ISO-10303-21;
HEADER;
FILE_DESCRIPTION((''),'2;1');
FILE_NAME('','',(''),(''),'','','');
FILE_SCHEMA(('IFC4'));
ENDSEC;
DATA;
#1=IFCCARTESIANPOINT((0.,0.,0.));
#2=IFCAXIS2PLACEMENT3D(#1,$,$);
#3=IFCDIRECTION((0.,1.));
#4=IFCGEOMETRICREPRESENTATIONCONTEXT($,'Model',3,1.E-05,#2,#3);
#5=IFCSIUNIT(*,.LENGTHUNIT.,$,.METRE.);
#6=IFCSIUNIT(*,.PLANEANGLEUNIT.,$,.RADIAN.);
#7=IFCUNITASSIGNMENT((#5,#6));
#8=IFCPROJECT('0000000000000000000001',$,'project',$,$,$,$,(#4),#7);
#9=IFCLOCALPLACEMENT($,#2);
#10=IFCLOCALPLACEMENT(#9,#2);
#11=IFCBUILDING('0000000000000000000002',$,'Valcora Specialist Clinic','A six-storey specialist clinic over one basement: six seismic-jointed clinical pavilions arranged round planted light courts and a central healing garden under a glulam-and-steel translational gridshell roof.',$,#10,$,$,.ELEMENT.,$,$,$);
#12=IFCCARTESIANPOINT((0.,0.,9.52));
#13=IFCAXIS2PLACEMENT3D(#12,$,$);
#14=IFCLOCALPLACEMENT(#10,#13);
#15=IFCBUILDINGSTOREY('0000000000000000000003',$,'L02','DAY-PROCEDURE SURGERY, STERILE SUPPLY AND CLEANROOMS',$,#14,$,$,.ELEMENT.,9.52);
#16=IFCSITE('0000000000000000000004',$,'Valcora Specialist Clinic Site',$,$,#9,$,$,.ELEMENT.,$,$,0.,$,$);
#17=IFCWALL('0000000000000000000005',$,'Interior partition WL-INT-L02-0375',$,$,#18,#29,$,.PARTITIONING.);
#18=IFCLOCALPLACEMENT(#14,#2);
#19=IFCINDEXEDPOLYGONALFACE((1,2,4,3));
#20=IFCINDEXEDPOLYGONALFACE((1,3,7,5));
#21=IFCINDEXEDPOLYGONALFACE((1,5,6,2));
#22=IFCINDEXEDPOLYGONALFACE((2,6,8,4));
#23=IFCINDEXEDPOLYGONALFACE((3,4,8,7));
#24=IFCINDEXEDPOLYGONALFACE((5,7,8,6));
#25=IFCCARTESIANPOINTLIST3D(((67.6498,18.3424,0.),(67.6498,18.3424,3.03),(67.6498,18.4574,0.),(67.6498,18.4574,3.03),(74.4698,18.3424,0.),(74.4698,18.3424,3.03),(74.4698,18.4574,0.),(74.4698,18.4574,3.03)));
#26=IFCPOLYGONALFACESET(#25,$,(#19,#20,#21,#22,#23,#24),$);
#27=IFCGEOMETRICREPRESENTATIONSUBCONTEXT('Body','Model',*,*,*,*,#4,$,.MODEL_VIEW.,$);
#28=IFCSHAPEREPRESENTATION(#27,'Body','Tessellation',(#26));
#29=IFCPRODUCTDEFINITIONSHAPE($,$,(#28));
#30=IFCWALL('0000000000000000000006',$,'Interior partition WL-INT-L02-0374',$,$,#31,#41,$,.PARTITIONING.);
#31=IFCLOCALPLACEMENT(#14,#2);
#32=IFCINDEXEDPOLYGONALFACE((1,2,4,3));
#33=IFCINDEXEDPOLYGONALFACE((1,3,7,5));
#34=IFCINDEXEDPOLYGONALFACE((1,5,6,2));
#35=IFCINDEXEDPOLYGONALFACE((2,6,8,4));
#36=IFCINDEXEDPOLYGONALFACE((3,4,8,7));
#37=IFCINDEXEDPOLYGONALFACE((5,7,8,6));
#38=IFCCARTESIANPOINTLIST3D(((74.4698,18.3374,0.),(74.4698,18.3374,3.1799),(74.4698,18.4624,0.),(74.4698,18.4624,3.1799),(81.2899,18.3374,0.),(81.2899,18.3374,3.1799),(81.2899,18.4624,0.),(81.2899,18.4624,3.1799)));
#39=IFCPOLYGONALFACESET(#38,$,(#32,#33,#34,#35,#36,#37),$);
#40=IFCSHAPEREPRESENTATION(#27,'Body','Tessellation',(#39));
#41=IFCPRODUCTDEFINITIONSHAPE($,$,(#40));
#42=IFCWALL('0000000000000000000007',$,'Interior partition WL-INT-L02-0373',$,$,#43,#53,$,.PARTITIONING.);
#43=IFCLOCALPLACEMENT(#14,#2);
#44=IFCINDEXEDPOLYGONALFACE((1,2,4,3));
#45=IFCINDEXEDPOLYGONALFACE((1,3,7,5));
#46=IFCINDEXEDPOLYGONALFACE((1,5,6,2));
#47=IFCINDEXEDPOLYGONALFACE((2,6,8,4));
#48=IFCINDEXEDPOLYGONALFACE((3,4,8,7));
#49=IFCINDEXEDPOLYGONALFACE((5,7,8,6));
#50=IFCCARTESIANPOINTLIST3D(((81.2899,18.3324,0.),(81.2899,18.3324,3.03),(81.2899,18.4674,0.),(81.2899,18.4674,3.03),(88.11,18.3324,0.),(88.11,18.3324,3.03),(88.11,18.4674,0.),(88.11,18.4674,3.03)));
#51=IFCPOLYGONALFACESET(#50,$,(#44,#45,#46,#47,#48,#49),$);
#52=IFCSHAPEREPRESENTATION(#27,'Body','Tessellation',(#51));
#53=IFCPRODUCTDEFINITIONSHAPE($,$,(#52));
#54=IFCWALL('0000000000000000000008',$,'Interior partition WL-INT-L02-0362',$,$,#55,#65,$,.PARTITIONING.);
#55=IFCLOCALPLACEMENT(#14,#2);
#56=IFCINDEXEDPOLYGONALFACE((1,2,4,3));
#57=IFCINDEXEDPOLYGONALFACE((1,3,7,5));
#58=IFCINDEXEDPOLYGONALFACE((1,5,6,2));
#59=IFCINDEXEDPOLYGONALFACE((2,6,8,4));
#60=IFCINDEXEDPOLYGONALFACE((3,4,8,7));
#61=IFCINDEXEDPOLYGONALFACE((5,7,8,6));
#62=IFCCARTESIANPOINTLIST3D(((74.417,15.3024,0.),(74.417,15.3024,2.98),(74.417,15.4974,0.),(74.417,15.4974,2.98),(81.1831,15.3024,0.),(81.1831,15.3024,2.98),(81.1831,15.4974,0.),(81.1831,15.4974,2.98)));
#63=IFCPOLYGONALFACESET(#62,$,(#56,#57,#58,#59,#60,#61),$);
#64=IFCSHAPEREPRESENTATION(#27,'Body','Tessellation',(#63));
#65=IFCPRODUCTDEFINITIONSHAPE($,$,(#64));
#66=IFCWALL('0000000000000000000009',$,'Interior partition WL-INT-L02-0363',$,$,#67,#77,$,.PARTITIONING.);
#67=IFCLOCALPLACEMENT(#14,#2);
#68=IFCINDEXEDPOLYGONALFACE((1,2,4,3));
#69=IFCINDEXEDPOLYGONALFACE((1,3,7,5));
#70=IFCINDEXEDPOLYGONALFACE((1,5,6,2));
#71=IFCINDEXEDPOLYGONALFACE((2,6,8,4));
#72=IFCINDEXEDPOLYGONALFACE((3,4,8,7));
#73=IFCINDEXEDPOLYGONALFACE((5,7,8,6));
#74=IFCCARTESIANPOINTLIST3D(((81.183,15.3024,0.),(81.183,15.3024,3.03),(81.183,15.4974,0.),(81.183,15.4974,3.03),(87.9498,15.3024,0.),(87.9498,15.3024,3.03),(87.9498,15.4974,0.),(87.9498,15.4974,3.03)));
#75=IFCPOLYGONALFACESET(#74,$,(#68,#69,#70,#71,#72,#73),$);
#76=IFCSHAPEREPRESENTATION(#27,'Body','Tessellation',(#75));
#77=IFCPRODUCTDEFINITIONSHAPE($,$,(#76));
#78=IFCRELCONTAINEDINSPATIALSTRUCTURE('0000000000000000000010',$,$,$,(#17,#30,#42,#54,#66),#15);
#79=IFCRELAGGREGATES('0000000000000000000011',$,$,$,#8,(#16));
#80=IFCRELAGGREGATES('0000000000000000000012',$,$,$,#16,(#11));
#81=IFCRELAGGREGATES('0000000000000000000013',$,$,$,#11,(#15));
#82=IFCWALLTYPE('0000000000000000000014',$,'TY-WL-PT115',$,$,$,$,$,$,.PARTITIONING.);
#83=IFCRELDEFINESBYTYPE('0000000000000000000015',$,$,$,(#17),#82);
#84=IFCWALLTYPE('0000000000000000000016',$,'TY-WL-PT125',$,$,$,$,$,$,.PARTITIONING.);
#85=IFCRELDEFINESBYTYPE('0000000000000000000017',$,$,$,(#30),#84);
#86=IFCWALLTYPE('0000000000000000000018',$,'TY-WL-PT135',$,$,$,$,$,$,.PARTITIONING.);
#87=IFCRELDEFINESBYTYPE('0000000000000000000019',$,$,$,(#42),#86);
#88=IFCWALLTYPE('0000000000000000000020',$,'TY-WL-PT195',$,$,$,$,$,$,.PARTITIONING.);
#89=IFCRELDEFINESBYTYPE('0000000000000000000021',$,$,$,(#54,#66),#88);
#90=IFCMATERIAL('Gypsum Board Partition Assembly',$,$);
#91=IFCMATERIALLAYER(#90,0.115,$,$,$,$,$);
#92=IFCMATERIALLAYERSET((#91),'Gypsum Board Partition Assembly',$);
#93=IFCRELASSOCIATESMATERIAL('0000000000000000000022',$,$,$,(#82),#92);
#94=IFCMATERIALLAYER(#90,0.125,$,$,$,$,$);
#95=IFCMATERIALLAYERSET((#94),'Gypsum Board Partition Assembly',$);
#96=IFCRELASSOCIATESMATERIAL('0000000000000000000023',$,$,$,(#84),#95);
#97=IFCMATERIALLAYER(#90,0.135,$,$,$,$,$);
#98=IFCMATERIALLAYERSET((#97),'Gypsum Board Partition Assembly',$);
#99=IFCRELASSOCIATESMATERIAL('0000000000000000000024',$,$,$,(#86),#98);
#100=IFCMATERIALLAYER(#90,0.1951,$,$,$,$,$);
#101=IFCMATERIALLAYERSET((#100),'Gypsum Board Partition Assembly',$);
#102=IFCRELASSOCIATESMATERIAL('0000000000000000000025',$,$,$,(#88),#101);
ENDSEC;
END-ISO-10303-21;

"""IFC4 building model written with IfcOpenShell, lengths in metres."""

from ifc_helpers import new_model, si_unit, direction, frame, frame_2d, origin, place, context, subcontext, project, spatial, rectangle, extrude, material, layer, layer_set, type_object, element, save


model = new_model("IFC4")

# Units and contexts
model_context = context("Model", 3, precision=1e-05, world=origin(), true_north=direction((0.0, 1.0)))
body_context = subcontext(model_context, "Body", "Model", "MODEL_VIEW")
ifc_project = project(units=[si_unit("LENGTHUNIT", "METRE"), si_unit("PLANEANGLEUNIT", "RADIAN")], contexts=[model_context])

# Site, building, storey
site_placement = place(None, origin())
site = spatial("IfcSite", under=ifc_project, at=site_placement, Name="Valcora Specialist Clinic Site", CompositionType="ELEMENT", RefElevation=0.0)
building_placement = place(site_placement, origin())
building = spatial("IfcBuilding", under=site, at=building_placement, Name="Valcora Specialist Clinic", Description="A six-storey specialist clinic over one basement: six seismic-jointed clinical pavilions arranged round planted light courts and a central healing garden under a glulam-and-steel translational gridshell roof.", CompositionType="ELEMENT")
storey_placement = place(building_placement, frame((0.0, 0.0, 9.52)))
storey = spatial("IfcBuildingStorey", under=building, at=storey_placement, Name="L02", Description="DAY-PROCEDURE SURGERY, STERILE SUPPLY AND CLEANROOMS", CompositionType="ELEMENT", Elevation=9.52)

# Walls
ifc_material_1 = material(Name="Gypsum Board Partition Assembly")
ifc_layer_1 = layer(ifc_material_1, 0.115)
ifc_layer_set_1 = layer_set([ifc_layer_1], Name="Gypsum Board Partition Assembly")
wall_type_1 = type_object("IfcWallType", Name="TY-WL-PT115", PredefinedType="PARTITIONING", material=ifc_layer_set_1)
wall_1_placement = place(storey_placement, frame((74.47, 18.3999, 0.0), z_axis=(0.0, 0.0, 1.0), x_axis=(-1.0, 0.0, 0.0)))
element("IfcWall", 1, at=wall_1_placement, inside=storey, type_object=wall_type_1, Name="Interior partition WL-INT-L02-0375", PredefinedType="PARTITIONING", context=body_context, shape_type="SweptSolid", body=[
    extrude(rectangle(XDim=6.8201, YDim=0.115, at=frame_2d((3.4102, 0.0))), origin(), (0.0, 0.0, 1.0), 3.03),
])
ifc_layer_2 = layer(ifc_material_1, 0.125)
ifc_layer_set_2 = layer_set([ifc_layer_2], Name="Gypsum Board Partition Assembly")
wall_type_2 = type_object("IfcWallType", Name="TY-WL-PT125", PredefinedType="PARTITIONING", material=ifc_layer_set_2)
wall_2_placement = place(storey_placement, frame((81.29, 18.3999, 0.0), z_axis=(0.0, 0.0, 1.0), x_axis=(-1.0, 0.0, 0.0)))
element("IfcWall", 2, at=wall_2_placement, inside=storey, type_object=wall_type_2, Name="Interior partition WL-INT-L02-0374", PredefinedType="PARTITIONING", context=body_context, shape_type="SweptSolid", body=[
    extrude(rectangle(XDim=6.8201, YDim=0.125, at=frame_2d((3.4102, 0.0))), origin(), (0.0, 0.0, 1.0), 3.1799),
])
ifc_layer_3 = layer(ifc_material_1, 0.135)
ifc_layer_set_3 = layer_set([ifc_layer_3], Name="Gypsum Board Partition Assembly")
wall_type_3 = type_object("IfcWallType", Name="TY-WL-PT135", PredefinedType="PARTITIONING", material=ifc_layer_set_3)
wall_3_placement = place(storey_placement, frame((88.1101, 18.3999, 0.0), z_axis=(0.0, 0.0, 1.0), x_axis=(-1.0, 0.0, 0.0)))
element("IfcWall", 3, at=wall_3_placement, inside=storey, type_object=wall_type_3, Name="Interior partition WL-INT-L02-0373", PredefinedType="PARTITIONING", context=body_context, shape_type="SweptSolid", body=[
    extrude(rectangle(XDim=6.8201, YDim=0.135, at=frame_2d((3.4102, 0.0))), origin(), (0.0, 0.0, 1.0), 3.03),
])
ifc_layer_4 = layer(ifc_material_1, 0.1951)
ifc_layer_set_4 = layer_set([ifc_layer_4], Name="Gypsum Board Partition Assembly")
wall_type_4 = type_object("IfcWallType", Name="TY-WL-PT195", PredefinedType="PARTITIONING", material=ifc_layer_set_4)
wall_4_placement = place(storey_placement, frame((74.417, 15.3999, 0.0), z_axis=(0.0, 0.0, 1.0), x_axis=(1.0, 0.0, 0.0)))
element("IfcWall", 4, at=wall_4_placement, inside=storey, type_object=wall_type_4, Name="Interior partition WL-INT-L02-0362", PredefinedType="PARTITIONING", context=body_context, shape_type="SweptSolid", body=[
    extrude(rectangle(XDim=6.7661, YDim=0.1951, at=frame_2d((3.3831, 0.0))), origin(), (0.0, 0.0, 1.0), 2.98),
])
wall_5_placement = place(storey_placement, frame((81.1831, 15.3999, 0.0), z_axis=(0.0, 0.0, 1.0), x_axis=(1.0, 0.0, 0.0)))
element("IfcWall", 5, at=wall_5_placement, inside=storey, type_object=wall_type_4, Name="Interior partition WL-INT-L02-0363", PredefinedType="PARTITIONING", context=body_context, shape_type="SweptSolid", body=[
    extrude(rectangle(XDim=6.7668, YDim=0.1951, at=frame_2d((3.3833, 0.0))), origin(), (0.0, 0.0, 1.0), 3.03),
])

save(model, "model.ifc")
